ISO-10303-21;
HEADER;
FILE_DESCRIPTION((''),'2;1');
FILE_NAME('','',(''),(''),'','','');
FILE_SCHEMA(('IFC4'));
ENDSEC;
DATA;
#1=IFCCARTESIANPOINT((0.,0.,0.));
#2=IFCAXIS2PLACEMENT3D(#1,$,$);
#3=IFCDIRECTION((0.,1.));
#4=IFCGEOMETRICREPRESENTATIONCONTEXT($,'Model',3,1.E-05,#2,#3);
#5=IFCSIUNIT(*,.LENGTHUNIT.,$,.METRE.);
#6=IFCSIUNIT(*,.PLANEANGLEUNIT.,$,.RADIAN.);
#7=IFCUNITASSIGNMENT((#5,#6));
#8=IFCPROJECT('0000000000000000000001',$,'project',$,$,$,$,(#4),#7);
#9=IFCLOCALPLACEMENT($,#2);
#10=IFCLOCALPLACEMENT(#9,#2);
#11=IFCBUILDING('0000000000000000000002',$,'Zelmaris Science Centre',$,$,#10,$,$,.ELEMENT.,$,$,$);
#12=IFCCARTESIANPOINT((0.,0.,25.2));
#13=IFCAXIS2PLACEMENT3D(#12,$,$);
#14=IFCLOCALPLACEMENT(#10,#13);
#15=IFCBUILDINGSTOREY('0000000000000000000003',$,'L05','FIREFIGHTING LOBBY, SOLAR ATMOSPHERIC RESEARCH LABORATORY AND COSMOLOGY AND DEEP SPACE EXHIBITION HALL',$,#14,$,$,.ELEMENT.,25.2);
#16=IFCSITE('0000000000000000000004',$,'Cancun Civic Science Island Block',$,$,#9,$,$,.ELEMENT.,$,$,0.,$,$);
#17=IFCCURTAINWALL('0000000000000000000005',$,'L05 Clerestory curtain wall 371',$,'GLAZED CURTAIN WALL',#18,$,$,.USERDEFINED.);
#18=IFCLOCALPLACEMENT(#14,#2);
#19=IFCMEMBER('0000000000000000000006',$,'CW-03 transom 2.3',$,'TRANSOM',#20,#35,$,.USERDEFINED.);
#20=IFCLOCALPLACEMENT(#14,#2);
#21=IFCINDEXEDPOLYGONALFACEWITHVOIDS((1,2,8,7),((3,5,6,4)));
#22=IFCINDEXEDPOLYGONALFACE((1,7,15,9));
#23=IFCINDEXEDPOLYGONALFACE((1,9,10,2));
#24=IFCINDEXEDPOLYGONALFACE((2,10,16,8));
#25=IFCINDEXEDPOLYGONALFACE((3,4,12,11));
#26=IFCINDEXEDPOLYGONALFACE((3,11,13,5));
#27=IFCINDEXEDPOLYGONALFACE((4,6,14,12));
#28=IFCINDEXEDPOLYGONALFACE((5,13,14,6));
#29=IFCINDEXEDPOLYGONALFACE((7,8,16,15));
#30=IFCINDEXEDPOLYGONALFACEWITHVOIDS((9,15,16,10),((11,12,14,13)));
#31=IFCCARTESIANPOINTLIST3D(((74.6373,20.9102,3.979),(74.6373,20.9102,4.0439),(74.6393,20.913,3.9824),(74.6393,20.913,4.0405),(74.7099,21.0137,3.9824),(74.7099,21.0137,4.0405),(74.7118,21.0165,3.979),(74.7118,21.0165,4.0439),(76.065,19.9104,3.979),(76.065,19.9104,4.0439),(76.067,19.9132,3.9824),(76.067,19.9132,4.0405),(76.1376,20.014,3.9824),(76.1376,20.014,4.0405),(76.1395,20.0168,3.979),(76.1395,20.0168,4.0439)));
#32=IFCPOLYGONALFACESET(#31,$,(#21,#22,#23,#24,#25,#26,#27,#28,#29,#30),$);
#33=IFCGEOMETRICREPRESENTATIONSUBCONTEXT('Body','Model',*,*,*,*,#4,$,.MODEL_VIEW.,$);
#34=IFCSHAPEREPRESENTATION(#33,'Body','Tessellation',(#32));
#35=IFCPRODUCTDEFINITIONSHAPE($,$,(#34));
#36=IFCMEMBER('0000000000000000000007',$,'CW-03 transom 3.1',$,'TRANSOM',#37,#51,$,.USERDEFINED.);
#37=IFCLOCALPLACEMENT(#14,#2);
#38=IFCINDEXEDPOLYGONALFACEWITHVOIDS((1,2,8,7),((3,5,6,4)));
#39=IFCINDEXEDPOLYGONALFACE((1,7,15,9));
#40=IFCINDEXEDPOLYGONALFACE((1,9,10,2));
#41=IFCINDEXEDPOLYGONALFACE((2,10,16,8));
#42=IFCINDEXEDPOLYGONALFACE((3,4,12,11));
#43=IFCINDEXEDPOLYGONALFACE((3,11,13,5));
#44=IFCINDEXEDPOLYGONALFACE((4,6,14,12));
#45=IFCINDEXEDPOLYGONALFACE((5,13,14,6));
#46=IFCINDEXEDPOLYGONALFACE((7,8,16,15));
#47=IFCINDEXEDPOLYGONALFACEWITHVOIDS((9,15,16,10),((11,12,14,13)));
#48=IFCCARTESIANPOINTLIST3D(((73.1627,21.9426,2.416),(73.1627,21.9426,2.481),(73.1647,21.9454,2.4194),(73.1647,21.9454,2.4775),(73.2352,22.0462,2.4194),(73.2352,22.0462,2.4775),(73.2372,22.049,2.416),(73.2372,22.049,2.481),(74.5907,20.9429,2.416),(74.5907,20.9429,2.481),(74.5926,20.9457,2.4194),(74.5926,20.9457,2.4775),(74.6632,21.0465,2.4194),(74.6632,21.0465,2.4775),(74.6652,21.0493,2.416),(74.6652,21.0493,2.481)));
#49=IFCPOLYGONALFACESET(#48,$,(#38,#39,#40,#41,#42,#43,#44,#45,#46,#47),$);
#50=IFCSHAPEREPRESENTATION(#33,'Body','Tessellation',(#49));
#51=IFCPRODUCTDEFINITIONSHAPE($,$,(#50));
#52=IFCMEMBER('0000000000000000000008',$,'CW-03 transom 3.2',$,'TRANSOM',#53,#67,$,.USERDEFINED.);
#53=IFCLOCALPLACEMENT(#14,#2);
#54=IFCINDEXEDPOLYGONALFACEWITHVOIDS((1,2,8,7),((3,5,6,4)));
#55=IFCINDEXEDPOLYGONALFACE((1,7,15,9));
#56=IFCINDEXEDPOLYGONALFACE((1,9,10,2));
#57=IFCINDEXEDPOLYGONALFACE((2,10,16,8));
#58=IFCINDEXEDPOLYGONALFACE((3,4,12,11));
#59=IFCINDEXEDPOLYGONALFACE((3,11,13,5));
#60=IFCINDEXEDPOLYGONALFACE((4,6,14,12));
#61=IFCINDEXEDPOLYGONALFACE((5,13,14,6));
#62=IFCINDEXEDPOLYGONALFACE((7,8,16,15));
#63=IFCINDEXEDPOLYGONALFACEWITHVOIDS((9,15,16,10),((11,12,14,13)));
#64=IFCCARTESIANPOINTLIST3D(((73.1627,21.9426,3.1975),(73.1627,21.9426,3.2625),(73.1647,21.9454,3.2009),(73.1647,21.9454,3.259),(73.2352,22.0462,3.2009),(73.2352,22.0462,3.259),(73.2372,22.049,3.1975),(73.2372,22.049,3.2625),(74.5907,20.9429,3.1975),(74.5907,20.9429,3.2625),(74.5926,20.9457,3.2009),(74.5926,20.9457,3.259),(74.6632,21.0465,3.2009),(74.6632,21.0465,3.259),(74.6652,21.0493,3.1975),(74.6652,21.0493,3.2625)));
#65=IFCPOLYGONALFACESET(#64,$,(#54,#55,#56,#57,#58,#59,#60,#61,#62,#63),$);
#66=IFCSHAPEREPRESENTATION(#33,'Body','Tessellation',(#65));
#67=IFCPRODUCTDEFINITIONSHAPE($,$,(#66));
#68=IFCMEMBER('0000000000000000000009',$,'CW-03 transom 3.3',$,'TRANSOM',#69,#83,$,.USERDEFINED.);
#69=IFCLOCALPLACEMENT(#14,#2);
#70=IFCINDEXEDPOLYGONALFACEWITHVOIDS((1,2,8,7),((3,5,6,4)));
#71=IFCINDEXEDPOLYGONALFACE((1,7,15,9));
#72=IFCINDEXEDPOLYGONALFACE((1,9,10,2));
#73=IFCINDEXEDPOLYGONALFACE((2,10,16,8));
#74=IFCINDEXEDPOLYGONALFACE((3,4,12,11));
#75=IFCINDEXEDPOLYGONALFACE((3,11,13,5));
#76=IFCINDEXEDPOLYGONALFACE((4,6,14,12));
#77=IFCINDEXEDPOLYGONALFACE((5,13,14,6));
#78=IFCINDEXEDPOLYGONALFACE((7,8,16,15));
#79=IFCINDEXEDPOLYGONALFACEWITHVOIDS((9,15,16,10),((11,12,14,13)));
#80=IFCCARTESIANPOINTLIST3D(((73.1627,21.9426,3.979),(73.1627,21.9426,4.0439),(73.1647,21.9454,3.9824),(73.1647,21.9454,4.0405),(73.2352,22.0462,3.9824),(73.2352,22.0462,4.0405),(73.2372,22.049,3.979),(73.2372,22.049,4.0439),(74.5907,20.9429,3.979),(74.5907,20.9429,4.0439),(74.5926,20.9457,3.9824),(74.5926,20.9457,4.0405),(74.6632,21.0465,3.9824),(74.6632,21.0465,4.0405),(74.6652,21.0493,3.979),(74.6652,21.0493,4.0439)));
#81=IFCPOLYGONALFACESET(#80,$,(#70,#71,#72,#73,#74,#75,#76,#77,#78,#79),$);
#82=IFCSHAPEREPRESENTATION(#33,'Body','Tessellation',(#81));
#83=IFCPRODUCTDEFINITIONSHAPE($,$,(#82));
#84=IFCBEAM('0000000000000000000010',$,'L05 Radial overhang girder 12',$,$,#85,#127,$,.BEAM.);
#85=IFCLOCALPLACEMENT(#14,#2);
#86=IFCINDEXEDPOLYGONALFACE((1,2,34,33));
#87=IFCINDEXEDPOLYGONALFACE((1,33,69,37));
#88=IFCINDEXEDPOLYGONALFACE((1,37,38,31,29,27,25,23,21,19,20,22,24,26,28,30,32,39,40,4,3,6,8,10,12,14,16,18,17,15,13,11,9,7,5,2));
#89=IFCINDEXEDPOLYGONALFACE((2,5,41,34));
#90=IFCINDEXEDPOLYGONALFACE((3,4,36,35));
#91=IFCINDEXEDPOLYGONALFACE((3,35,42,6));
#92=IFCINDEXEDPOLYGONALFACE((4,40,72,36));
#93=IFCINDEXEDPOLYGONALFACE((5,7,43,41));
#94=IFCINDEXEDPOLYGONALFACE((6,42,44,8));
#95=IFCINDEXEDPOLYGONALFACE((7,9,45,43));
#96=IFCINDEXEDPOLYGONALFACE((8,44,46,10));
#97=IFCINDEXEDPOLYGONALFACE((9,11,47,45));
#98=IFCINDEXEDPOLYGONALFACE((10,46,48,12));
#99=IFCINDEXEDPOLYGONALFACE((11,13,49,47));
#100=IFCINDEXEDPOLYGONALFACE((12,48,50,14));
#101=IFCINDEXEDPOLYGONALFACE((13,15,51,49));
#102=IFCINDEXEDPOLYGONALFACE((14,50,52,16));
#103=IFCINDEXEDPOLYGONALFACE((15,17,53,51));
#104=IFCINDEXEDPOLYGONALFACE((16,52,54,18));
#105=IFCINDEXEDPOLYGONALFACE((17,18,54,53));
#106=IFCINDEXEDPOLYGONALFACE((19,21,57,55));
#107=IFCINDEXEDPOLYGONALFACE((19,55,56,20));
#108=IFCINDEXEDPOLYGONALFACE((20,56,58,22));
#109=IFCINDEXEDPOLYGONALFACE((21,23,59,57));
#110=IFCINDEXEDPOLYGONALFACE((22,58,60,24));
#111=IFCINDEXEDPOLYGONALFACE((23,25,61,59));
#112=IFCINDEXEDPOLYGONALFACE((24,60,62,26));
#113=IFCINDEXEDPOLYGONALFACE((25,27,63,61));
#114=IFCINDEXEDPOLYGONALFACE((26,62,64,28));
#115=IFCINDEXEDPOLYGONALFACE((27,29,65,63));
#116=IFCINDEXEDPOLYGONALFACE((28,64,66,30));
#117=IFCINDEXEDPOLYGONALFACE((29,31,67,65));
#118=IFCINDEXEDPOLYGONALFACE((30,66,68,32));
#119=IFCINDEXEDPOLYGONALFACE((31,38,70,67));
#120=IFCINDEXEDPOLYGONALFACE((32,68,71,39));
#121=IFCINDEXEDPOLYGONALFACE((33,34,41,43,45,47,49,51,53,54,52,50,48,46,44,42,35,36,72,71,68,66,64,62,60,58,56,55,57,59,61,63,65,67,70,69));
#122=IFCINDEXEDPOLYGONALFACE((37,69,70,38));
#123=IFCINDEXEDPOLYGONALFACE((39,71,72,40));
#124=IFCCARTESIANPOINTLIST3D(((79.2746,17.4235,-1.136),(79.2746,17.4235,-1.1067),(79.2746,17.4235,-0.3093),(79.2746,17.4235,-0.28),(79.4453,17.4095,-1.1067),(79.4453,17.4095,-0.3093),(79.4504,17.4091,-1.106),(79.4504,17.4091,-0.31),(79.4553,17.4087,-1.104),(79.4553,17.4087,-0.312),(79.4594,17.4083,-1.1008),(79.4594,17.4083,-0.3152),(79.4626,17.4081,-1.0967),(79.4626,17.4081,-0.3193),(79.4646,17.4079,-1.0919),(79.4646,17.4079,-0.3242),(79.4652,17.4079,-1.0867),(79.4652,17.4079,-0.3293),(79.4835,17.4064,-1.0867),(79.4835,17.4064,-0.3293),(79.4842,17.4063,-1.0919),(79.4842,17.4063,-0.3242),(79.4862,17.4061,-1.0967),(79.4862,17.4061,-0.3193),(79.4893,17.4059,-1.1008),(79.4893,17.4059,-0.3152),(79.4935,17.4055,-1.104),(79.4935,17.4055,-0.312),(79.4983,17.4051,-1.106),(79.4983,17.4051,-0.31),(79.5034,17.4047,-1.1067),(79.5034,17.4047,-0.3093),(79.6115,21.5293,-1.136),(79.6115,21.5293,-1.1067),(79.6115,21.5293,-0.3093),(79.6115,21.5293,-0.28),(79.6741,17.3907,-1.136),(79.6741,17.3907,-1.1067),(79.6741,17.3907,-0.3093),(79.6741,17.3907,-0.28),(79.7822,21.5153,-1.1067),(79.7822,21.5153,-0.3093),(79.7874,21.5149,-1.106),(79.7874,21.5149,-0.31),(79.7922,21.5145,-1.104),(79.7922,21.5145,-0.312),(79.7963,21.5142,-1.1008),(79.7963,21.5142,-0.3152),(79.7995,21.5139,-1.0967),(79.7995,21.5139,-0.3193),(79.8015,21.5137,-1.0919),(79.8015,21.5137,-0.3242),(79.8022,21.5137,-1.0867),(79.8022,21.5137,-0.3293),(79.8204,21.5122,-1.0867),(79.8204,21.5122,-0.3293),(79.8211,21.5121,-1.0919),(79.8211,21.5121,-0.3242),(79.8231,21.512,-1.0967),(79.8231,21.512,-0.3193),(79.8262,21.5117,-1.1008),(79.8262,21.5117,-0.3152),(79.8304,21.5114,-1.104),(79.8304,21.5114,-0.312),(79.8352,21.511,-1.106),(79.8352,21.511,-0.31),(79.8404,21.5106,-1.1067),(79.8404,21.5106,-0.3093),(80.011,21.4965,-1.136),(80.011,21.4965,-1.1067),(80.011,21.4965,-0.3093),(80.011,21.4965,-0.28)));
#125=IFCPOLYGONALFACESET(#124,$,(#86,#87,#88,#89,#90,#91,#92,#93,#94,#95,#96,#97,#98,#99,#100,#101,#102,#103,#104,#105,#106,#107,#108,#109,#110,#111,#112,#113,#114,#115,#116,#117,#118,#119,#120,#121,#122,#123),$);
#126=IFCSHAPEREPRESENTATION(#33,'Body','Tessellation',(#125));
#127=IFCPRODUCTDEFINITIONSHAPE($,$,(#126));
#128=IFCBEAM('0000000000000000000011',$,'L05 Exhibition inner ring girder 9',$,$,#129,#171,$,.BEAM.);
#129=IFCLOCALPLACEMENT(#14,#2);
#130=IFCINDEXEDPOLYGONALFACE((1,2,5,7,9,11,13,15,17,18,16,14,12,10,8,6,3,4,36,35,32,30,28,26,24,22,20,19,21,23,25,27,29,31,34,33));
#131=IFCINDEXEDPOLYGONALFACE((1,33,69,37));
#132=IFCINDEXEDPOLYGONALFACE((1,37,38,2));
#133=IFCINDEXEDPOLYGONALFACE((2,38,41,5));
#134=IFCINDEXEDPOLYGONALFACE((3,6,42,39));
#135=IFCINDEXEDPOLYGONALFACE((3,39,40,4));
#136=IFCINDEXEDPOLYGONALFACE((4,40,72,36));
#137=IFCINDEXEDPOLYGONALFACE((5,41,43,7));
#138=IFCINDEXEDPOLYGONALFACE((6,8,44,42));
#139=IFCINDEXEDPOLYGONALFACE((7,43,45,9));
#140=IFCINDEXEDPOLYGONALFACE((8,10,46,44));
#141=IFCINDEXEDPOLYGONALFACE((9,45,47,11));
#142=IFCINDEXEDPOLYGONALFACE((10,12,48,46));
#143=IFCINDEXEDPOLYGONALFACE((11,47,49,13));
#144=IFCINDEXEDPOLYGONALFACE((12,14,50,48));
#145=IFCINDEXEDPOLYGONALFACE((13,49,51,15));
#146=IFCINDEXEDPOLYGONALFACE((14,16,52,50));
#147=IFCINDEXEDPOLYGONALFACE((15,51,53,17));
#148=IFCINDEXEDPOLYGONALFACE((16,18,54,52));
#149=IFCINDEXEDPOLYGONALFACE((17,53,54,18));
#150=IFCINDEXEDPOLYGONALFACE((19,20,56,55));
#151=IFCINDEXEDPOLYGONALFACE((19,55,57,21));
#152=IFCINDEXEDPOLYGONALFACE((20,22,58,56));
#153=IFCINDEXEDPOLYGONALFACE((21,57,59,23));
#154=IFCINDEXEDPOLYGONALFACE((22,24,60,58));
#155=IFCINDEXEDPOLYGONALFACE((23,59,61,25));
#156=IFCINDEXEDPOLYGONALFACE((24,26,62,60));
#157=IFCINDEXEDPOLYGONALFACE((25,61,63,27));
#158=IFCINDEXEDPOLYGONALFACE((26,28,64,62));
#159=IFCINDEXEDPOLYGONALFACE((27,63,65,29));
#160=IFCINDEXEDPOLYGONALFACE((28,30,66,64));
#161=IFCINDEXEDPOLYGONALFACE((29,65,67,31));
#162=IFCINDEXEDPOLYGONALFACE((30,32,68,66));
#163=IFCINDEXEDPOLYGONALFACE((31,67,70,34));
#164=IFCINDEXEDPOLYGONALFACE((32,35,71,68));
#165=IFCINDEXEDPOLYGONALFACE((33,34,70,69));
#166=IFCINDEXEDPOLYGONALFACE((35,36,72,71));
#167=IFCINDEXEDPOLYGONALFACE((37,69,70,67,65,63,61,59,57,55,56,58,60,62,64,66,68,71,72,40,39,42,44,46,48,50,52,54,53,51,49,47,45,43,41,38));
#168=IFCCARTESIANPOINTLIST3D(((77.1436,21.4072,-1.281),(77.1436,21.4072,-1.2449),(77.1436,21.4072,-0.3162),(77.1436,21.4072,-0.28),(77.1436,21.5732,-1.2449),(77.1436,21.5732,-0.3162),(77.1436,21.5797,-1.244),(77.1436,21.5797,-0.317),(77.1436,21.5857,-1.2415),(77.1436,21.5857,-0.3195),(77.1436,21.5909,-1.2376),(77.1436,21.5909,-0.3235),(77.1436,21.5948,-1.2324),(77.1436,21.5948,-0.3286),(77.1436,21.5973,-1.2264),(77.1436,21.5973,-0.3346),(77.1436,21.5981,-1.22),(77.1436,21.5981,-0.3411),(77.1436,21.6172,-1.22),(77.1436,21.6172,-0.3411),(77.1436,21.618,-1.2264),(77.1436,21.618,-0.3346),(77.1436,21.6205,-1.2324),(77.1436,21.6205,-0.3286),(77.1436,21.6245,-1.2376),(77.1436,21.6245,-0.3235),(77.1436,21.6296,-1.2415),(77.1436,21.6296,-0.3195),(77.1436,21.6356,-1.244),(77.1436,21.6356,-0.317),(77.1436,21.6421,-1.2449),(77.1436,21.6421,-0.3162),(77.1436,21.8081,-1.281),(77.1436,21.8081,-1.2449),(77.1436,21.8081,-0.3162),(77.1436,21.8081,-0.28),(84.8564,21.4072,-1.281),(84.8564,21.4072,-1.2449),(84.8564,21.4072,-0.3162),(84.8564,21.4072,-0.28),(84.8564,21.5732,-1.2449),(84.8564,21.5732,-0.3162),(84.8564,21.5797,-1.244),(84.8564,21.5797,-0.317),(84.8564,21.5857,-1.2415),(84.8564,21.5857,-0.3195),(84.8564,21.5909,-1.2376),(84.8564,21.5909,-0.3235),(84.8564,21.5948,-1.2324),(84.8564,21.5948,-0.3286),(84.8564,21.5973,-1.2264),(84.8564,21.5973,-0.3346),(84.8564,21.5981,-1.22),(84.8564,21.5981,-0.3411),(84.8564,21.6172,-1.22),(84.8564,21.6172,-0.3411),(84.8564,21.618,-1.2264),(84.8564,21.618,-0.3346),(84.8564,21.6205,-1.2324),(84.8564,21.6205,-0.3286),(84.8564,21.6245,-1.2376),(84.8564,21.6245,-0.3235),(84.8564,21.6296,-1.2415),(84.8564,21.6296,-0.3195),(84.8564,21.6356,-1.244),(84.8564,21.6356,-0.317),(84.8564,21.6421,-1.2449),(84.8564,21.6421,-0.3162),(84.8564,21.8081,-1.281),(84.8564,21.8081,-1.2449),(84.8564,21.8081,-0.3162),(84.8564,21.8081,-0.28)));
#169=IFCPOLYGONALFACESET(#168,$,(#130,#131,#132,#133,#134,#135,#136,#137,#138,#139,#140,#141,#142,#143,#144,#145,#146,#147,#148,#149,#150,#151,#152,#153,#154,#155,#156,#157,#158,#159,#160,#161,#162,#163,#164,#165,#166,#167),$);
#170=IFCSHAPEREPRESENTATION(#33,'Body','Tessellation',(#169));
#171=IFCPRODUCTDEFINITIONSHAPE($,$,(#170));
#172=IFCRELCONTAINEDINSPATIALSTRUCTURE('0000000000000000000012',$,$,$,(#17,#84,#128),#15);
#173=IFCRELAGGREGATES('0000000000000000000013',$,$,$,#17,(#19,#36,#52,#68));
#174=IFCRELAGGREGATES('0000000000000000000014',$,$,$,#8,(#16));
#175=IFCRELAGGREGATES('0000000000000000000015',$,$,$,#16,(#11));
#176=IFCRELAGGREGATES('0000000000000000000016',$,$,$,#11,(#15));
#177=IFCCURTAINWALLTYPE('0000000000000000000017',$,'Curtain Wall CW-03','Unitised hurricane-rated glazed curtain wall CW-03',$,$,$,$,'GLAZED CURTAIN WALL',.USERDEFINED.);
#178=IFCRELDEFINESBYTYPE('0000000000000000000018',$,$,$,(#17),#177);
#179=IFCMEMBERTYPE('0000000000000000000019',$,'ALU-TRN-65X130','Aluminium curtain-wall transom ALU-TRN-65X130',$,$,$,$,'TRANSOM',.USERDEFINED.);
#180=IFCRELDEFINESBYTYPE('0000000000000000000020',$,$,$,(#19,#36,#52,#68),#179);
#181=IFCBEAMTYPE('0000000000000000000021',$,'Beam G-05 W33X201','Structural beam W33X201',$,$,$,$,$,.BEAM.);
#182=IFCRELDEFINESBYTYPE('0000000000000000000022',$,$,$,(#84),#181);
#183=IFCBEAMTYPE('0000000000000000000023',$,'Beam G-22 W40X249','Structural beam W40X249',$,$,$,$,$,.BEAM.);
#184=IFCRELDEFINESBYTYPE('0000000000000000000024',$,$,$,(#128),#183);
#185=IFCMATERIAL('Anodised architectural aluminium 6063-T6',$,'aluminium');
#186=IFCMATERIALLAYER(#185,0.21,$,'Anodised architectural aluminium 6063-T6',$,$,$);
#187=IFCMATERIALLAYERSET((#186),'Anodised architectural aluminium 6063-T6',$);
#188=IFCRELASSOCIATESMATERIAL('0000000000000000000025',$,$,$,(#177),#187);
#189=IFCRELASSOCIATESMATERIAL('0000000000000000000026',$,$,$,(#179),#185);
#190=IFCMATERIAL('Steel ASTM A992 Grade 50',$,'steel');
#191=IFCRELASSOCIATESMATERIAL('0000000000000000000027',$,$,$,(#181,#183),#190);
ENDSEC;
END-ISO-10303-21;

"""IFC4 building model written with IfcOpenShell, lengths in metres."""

from ifc_helpers import new_model, si_unit, direction, frame, origin, origin_2d, place, context, subcontext, project, spatial, hollow_rectangle, i_section, extrude, material, layer, layer_set, material_profile, profile_set, type_object, element, aggregate, save


model = new_model("IFC4")

# Units and contexts
model_context = context("Model", 3, precision=1e-05, world=origin(), true_north=direction((0.0, 1.0)))
body_context = subcontext(model_context, "Body", "Model", "MODEL_VIEW")
ifc_project = project(units=[si_unit("LENGTHUNIT", "METRE"), si_unit("PLANEANGLEUNIT", "RADIAN")], contexts=[model_context])

# Site, building, storey
site_placement = place(None, origin())
site = spatial("IfcSite", under=ifc_project, at=site_placement, Name="Cancun Civic Science Island Block", CompositionType="ELEMENT", RefElevation=0.0)
building_placement = place(site_placement, origin())
building = spatial("IfcBuilding", under=site, at=building_placement, Name="Zelmaris Science Centre", CompositionType="ELEMENT")
storey_placement = place(building_placement, frame((0.0, 0.0, 25.2)))
storey = spatial("IfcBuildingStorey", under=building, at=storey_placement, Name="L05", Description="FIREFIGHTING LOBBY, SOLAR ATMOSPHERIC RESEARCH LABORATORY AND COSMOLOGY AND DEEP SPACE EXHIBITION HALL", CompositionType="ELEMENT", Elevation=25.2)

# Shared definitions
ifc_material_1 = material(Name="Steel ASTM A992 Grade 50", Category="steel")

# Curtain wall, members
ifc_material_2 = material(Name="Anodised architectural aluminium 6063-T6", Category="aluminium")
ifc_layer_1 = layer(ifc_material_2, 0.21, Name="Anodised architectural aluminium 6063-T6")
ifc_layer_set_1 = layer_set([ifc_layer_1], Name="Anodised architectural aluminium 6063-T6")
curtain_wall_type = type_object("IfcCurtainWallType", Name="Curtain Wall CW-03", Description="Unitised hurricane-rated glazed curtain wall CW-03", ElementType="GLAZED CURTAIN WALL", PredefinedType="USERDEFINED", material=ifc_layer_set_1)
curtain_wall_placement = place(storey_placement, origin())
curtain_wall = element("IfcCurtainWall", 1, at=curtain_wall_placement, inside=storey, type_object=curtain_wall_type, Name="L05 Clerestory curtain wall 371", ObjectType="GLAZED CURTAIN WALL", PredefinedType="USERDEFINED")
ifc_material_profile_1 = material_profile(ifc_material_2, hollow_rectangle(XDim=0.0649, YDim=0.1299, WallThickness=0.0034, at=origin_2d()), Name="ALU-TRN-65X130")
ifc_profile_set_1 = profile_set([ifc_material_profile_1], Name="Anodised architectural aluminium 6063-T6")
member_type_1 = type_object("IfcMemberType", Name="ALU-TRN-65X130", Description="Aluminium curtain-wall transom ALU-TRN-65X130", ElementType="TRANSOM", PredefinedType="USERDEFINED", material=ifc_profile_set_1)
member_1_placement = place(storey_placement, frame((76.1023, 19.9636, 4.0115), z_axis=(-0.81914, 0.573594, 0.0), x_axis=(0.0, 0.0, 1.0)))
member_1 = element("IfcMember", 2, at=member_1_placement, type_object=member_type_1, Name="CW-03 transom 2.3", ObjectType="TRANSOM", PredefinedType="USERDEFINED", context=body_context, shape_type="SweptSolid", body=[
    extrude(hollow_rectangle(XDim=0.0649, YDim=0.1299, WallThickness=0.0034, at=origin_2d()), origin(), (0.0, 0.0, 1.0), 1.7429),
])
member_2_placement = place(storey_placement, frame((74.6279, 20.9961, 2.4485), z_axis=(-0.819186, 0.573528, 0.0), x_axis=(0.0, 0.0, 1.0)))
member_2 = element("IfcMember", 3, at=member_2_placement, type_object=member_type_1, Name="CW-03 transom 3.1", ObjectType="TRANSOM", PredefinedType="USERDEFINED", context=body_context, shape_type="SweptSolid", body=[
    extrude(hollow_rectangle(XDim=0.0649, YDim=0.1299, WallThickness=0.0034, at=origin_2d()), origin(), (0.0, 0.0, 1.0), 1.7432),
])
member_3_placement = place(storey_placement, frame((74.6279, 20.9961, 3.23), z_axis=(-0.819186, 0.573528, 0.0), x_axis=(0.0, 0.0, 1.0)))
member_3 = element("IfcMember", 4, at=member_3_placement, type_object=member_type_1, Name="CW-03 transom 3.2", ObjectType="TRANSOM", PredefinedType="USERDEFINED", context=body_context, shape_type="SweptSolid", body=[
    extrude(hollow_rectangle(XDim=0.0649, YDim=0.1299, WallThickness=0.0034, at=origin_2d()), origin(), (0.0, 0.0, 1.0), 1.7432),
])
member_4_placement = place(storey_placement, frame((74.6279, 20.9961, 4.0115), z_axis=(-0.819186, 0.573528, 0.0), x_axis=(0.0, 0.0, 1.0)))
member_4 = element("IfcMember", 5, at=member_4_placement, type_object=member_type_1, Name="CW-03 transom 3.3", ObjectType="TRANSOM", PredefinedType="USERDEFINED", context=body_context, shape_type="SweptSolid", body=[
    extrude(hollow_rectangle(XDim=0.0649, YDim=0.1299, WallThickness=0.0034, at=origin_2d()), origin(), (0.0, 0.0, 1.0), 1.7432),
])

# Beams
ifc_material_profile_2 = material_profile(ifc_material_1, i_section(OverallWidth=0.4009, OverallDepth=0.856, WebThickness=0.0183, FlangeThickness=0.0293, FilletRadius=0.02, at=origin_2d()), Name="W33X201")
ifc_profile_set_2 = profile_set([ifc_material_profile_2], Name="Steel ASTM A992 Grade 50")
beam_type_1 = type_object("IfcBeamType", Name="Beam G-05 W33X201", Description="Structural beam W33X201", PredefinedType="BEAM", material=ifc_profile_set_2)
beam_1_placement = place(storey_placement, frame((79.8113, 21.5129, -0.708), z_axis=(-0.081785, -0.99665, 0.0), x_axis=(0.99665, -0.081785, 0.0)))
element("IfcBeam", 6, at=beam_1_placement, inside=storey, type_object=beam_type_1, Name="L05 Radial overhang girder 12", PredefinedType="BEAM", context=body_context, shape_type="SweptSolid", body=[
    extrude(i_section(OverallWidth=0.4009, OverallDepth=0.856, WebThickness=0.0183, FlangeThickness=0.0293, FilletRadius=0.02, at=origin_2d()), origin(), (0.0, 0.0, 1.0), 4.1196),
])
ifc_material_profile_3 = material_profile(ifc_material_1, i_section(OverallWidth=0.4009, OverallDepth=1.001, WebThickness=0.019, FlangeThickness=0.0361, FilletRadius=0.0249, at=origin_2d()), Name="W40X249")
ifc_profile_set_3 = profile_set([ifc_material_profile_3], Name="Steel ASTM A992 Grade 50")
beam_type_2 = type_object("IfcBeamType", Name="Beam G-22 W40X249", Description="Structural beam W40X249", PredefinedType="BEAM", material=ifc_profile_set_3)
beam_2_placement = place(storey_placement, frame((77.1436, 21.6077, -0.7805), z_axis=(1.0, 0.0, 0.0), x_axis=(0.0, 1.0, 0.0)))
element("IfcBeam", 7, at=beam_2_placement, inside=storey, type_object=beam_type_2, Name="L05 Exhibition inner ring girder 9", PredefinedType="BEAM", context=body_context, shape_type="SweptSolid", body=[
    extrude(i_section(OverallWidth=0.4009, OverallDepth=1.001, WebThickness=0.019, FlangeThickness=0.0361, FilletRadius=0.0249, at=origin_2d()), origin(), (0.0, 0.0, 1.0), 7.7129),
])

aggregate(curtain_wall, [member_1, member_2, member_3, member_4])

save(model, "model.ifc")
